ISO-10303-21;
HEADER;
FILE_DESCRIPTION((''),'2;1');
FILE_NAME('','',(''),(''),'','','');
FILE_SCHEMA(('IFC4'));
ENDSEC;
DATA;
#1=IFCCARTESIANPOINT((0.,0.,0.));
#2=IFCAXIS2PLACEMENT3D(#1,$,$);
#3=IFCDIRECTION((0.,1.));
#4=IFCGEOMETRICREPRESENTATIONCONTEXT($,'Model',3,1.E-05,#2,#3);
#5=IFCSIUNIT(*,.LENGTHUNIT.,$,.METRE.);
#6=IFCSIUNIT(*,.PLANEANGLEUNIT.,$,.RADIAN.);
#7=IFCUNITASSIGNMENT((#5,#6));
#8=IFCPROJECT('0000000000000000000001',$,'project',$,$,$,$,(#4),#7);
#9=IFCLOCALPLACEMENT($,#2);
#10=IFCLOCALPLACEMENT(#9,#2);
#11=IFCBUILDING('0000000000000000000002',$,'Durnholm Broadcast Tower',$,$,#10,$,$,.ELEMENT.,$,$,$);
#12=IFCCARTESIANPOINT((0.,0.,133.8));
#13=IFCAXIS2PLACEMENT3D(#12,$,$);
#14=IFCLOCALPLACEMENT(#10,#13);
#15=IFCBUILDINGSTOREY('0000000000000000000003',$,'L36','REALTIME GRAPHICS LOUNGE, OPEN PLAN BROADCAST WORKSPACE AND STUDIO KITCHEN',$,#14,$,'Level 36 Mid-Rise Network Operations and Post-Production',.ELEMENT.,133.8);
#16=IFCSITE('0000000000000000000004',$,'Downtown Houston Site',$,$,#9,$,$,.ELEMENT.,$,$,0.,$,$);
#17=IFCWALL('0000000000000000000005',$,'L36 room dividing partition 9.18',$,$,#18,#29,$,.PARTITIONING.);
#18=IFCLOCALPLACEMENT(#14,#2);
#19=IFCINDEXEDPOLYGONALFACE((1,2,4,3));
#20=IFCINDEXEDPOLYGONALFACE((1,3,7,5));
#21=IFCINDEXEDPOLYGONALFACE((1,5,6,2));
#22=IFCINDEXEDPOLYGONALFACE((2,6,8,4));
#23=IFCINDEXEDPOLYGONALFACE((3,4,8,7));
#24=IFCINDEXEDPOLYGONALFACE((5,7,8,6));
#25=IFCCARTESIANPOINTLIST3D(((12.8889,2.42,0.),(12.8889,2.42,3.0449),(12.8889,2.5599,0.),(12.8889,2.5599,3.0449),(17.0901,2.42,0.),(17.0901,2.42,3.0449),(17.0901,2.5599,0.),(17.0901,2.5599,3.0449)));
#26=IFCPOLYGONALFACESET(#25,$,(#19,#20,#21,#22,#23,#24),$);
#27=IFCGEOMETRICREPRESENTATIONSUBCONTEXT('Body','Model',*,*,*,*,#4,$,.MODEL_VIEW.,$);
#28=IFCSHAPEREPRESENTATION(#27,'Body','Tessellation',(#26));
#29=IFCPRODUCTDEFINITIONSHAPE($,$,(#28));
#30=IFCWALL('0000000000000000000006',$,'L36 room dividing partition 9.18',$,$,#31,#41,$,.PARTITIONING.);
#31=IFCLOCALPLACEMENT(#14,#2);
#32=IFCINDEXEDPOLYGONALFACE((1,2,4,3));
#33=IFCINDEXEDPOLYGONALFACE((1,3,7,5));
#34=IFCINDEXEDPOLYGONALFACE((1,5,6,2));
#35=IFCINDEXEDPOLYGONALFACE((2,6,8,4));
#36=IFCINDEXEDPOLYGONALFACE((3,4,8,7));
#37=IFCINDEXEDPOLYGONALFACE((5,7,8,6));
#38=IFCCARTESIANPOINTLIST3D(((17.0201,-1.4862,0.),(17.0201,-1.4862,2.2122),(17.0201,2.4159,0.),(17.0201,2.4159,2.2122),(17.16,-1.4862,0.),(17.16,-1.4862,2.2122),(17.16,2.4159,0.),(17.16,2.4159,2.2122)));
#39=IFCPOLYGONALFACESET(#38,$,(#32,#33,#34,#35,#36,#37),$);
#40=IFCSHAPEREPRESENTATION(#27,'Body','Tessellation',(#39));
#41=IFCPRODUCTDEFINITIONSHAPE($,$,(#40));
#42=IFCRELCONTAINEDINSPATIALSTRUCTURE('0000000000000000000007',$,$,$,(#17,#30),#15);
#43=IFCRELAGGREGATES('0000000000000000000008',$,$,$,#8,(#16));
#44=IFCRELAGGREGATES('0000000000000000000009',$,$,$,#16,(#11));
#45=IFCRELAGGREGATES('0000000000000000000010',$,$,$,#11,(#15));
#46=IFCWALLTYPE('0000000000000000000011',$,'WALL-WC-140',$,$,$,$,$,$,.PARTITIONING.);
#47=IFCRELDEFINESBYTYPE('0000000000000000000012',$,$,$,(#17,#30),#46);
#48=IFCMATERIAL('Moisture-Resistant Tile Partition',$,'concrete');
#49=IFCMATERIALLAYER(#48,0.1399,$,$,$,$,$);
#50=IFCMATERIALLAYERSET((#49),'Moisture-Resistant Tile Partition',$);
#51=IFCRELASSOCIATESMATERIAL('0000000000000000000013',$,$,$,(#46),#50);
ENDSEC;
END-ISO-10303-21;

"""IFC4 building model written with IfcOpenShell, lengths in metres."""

from ifc_helpers import new_model, si_unit, direction, frame, frame_2d, origin, place, context, subcontext, project, spatial, rectangle, extrude, material, layer, layer_set, type_object, element, save


model = new_model("IFC4")

# Units and contexts
model_context = context("Model", 3, precision=1e-05, world=origin(), true_north=direction((0.0, 1.0)))
body_context = subcontext(model_context, "Body", "Model", "MODEL_VIEW")
ifc_project = project(units=[si_unit("LENGTHUNIT", "METRE"), si_unit("PLANEANGLEUNIT", "RADIAN")], contexts=[model_context])

# Site, building, storey
site_placement = place(None, origin())
site = spatial("IfcSite", under=ifc_project, at=site_placement, Name="Downtown Houston Site", CompositionType="ELEMENT", RefElevation=0.0)
building_placement = place(site_placement, origin())
building = spatial("IfcBuilding", under=site, at=building_placement, Name="Durnholm Broadcast Tower", CompositionType="ELEMENT")
storey_placement = place(building_placement, frame((0.0, 0.0, 133.8)))
storey = spatial("IfcBuildingStorey", under=building, at=storey_placement, Name="L36", Description="REALTIME GRAPHICS LOUNGE, OPEN PLAN BROADCAST WORKSPACE AND STUDIO KITCHEN", LongName="Level 36 Mid-Rise Network Operations and Post-Production", CompositionType="ELEMENT", Elevation=133.8)

# Walls
ifc_material_1 = material(Name="Moisture-Resistant Tile Partition", Category="concrete")
ifc_layer_1 = layer(ifc_material_1, 0.1399)
ifc_layer_set_1 = layer_set([ifc_layer_1], Name="Moisture-Resistant Tile Partition")
wall_type_1 = type_object("IfcWallType", Name="WALL-WC-140", PredefinedType="PARTITIONING", material=ifc_layer_set_1)
wall_1_placement = place(storey_placement, frame((12.8889, 2.49, 0.0), z_axis=(0.0, 0.0, 1.0), x_axis=(1.0, 0.0, 0.0)))
element("IfcWall", 1, at=wall_1_placement, inside=storey, type_object=wall_type_1, Name="L36 room dividing partition 9.18", PredefinedType="PARTITIONING", context=body_context, shape_type="SweptSolid", body=[
    extrude(rectangle(XDim=4.2012, YDim=0.1399, at=frame_2d((2.1006, 0.0))), origin(), (0.0, 0.0, 1.0), 3.0449),
])
wall_2_placement = place(storey_placement, frame((17.0901, 2.416, 0.0), z_axis=(0.0, 0.0, 1.0), x_axis=(0.0, -1.0, 0.0)))
element("IfcWall", 2, at=wall_2_placement, inside=storey, type_object=wall_type_1, Name="L36 room dividing partition 9.18", PredefinedType="PARTITIONING", context=body_context, shape_type="SweptSolid", body=[
    extrude(rectangle(XDim=3.9021, YDim=0.1399, at=frame_2d((1.9512, 0.0))), origin(), (0.0, 0.0, 1.0), 2.2122),
])

save(model, "model.ifc")
